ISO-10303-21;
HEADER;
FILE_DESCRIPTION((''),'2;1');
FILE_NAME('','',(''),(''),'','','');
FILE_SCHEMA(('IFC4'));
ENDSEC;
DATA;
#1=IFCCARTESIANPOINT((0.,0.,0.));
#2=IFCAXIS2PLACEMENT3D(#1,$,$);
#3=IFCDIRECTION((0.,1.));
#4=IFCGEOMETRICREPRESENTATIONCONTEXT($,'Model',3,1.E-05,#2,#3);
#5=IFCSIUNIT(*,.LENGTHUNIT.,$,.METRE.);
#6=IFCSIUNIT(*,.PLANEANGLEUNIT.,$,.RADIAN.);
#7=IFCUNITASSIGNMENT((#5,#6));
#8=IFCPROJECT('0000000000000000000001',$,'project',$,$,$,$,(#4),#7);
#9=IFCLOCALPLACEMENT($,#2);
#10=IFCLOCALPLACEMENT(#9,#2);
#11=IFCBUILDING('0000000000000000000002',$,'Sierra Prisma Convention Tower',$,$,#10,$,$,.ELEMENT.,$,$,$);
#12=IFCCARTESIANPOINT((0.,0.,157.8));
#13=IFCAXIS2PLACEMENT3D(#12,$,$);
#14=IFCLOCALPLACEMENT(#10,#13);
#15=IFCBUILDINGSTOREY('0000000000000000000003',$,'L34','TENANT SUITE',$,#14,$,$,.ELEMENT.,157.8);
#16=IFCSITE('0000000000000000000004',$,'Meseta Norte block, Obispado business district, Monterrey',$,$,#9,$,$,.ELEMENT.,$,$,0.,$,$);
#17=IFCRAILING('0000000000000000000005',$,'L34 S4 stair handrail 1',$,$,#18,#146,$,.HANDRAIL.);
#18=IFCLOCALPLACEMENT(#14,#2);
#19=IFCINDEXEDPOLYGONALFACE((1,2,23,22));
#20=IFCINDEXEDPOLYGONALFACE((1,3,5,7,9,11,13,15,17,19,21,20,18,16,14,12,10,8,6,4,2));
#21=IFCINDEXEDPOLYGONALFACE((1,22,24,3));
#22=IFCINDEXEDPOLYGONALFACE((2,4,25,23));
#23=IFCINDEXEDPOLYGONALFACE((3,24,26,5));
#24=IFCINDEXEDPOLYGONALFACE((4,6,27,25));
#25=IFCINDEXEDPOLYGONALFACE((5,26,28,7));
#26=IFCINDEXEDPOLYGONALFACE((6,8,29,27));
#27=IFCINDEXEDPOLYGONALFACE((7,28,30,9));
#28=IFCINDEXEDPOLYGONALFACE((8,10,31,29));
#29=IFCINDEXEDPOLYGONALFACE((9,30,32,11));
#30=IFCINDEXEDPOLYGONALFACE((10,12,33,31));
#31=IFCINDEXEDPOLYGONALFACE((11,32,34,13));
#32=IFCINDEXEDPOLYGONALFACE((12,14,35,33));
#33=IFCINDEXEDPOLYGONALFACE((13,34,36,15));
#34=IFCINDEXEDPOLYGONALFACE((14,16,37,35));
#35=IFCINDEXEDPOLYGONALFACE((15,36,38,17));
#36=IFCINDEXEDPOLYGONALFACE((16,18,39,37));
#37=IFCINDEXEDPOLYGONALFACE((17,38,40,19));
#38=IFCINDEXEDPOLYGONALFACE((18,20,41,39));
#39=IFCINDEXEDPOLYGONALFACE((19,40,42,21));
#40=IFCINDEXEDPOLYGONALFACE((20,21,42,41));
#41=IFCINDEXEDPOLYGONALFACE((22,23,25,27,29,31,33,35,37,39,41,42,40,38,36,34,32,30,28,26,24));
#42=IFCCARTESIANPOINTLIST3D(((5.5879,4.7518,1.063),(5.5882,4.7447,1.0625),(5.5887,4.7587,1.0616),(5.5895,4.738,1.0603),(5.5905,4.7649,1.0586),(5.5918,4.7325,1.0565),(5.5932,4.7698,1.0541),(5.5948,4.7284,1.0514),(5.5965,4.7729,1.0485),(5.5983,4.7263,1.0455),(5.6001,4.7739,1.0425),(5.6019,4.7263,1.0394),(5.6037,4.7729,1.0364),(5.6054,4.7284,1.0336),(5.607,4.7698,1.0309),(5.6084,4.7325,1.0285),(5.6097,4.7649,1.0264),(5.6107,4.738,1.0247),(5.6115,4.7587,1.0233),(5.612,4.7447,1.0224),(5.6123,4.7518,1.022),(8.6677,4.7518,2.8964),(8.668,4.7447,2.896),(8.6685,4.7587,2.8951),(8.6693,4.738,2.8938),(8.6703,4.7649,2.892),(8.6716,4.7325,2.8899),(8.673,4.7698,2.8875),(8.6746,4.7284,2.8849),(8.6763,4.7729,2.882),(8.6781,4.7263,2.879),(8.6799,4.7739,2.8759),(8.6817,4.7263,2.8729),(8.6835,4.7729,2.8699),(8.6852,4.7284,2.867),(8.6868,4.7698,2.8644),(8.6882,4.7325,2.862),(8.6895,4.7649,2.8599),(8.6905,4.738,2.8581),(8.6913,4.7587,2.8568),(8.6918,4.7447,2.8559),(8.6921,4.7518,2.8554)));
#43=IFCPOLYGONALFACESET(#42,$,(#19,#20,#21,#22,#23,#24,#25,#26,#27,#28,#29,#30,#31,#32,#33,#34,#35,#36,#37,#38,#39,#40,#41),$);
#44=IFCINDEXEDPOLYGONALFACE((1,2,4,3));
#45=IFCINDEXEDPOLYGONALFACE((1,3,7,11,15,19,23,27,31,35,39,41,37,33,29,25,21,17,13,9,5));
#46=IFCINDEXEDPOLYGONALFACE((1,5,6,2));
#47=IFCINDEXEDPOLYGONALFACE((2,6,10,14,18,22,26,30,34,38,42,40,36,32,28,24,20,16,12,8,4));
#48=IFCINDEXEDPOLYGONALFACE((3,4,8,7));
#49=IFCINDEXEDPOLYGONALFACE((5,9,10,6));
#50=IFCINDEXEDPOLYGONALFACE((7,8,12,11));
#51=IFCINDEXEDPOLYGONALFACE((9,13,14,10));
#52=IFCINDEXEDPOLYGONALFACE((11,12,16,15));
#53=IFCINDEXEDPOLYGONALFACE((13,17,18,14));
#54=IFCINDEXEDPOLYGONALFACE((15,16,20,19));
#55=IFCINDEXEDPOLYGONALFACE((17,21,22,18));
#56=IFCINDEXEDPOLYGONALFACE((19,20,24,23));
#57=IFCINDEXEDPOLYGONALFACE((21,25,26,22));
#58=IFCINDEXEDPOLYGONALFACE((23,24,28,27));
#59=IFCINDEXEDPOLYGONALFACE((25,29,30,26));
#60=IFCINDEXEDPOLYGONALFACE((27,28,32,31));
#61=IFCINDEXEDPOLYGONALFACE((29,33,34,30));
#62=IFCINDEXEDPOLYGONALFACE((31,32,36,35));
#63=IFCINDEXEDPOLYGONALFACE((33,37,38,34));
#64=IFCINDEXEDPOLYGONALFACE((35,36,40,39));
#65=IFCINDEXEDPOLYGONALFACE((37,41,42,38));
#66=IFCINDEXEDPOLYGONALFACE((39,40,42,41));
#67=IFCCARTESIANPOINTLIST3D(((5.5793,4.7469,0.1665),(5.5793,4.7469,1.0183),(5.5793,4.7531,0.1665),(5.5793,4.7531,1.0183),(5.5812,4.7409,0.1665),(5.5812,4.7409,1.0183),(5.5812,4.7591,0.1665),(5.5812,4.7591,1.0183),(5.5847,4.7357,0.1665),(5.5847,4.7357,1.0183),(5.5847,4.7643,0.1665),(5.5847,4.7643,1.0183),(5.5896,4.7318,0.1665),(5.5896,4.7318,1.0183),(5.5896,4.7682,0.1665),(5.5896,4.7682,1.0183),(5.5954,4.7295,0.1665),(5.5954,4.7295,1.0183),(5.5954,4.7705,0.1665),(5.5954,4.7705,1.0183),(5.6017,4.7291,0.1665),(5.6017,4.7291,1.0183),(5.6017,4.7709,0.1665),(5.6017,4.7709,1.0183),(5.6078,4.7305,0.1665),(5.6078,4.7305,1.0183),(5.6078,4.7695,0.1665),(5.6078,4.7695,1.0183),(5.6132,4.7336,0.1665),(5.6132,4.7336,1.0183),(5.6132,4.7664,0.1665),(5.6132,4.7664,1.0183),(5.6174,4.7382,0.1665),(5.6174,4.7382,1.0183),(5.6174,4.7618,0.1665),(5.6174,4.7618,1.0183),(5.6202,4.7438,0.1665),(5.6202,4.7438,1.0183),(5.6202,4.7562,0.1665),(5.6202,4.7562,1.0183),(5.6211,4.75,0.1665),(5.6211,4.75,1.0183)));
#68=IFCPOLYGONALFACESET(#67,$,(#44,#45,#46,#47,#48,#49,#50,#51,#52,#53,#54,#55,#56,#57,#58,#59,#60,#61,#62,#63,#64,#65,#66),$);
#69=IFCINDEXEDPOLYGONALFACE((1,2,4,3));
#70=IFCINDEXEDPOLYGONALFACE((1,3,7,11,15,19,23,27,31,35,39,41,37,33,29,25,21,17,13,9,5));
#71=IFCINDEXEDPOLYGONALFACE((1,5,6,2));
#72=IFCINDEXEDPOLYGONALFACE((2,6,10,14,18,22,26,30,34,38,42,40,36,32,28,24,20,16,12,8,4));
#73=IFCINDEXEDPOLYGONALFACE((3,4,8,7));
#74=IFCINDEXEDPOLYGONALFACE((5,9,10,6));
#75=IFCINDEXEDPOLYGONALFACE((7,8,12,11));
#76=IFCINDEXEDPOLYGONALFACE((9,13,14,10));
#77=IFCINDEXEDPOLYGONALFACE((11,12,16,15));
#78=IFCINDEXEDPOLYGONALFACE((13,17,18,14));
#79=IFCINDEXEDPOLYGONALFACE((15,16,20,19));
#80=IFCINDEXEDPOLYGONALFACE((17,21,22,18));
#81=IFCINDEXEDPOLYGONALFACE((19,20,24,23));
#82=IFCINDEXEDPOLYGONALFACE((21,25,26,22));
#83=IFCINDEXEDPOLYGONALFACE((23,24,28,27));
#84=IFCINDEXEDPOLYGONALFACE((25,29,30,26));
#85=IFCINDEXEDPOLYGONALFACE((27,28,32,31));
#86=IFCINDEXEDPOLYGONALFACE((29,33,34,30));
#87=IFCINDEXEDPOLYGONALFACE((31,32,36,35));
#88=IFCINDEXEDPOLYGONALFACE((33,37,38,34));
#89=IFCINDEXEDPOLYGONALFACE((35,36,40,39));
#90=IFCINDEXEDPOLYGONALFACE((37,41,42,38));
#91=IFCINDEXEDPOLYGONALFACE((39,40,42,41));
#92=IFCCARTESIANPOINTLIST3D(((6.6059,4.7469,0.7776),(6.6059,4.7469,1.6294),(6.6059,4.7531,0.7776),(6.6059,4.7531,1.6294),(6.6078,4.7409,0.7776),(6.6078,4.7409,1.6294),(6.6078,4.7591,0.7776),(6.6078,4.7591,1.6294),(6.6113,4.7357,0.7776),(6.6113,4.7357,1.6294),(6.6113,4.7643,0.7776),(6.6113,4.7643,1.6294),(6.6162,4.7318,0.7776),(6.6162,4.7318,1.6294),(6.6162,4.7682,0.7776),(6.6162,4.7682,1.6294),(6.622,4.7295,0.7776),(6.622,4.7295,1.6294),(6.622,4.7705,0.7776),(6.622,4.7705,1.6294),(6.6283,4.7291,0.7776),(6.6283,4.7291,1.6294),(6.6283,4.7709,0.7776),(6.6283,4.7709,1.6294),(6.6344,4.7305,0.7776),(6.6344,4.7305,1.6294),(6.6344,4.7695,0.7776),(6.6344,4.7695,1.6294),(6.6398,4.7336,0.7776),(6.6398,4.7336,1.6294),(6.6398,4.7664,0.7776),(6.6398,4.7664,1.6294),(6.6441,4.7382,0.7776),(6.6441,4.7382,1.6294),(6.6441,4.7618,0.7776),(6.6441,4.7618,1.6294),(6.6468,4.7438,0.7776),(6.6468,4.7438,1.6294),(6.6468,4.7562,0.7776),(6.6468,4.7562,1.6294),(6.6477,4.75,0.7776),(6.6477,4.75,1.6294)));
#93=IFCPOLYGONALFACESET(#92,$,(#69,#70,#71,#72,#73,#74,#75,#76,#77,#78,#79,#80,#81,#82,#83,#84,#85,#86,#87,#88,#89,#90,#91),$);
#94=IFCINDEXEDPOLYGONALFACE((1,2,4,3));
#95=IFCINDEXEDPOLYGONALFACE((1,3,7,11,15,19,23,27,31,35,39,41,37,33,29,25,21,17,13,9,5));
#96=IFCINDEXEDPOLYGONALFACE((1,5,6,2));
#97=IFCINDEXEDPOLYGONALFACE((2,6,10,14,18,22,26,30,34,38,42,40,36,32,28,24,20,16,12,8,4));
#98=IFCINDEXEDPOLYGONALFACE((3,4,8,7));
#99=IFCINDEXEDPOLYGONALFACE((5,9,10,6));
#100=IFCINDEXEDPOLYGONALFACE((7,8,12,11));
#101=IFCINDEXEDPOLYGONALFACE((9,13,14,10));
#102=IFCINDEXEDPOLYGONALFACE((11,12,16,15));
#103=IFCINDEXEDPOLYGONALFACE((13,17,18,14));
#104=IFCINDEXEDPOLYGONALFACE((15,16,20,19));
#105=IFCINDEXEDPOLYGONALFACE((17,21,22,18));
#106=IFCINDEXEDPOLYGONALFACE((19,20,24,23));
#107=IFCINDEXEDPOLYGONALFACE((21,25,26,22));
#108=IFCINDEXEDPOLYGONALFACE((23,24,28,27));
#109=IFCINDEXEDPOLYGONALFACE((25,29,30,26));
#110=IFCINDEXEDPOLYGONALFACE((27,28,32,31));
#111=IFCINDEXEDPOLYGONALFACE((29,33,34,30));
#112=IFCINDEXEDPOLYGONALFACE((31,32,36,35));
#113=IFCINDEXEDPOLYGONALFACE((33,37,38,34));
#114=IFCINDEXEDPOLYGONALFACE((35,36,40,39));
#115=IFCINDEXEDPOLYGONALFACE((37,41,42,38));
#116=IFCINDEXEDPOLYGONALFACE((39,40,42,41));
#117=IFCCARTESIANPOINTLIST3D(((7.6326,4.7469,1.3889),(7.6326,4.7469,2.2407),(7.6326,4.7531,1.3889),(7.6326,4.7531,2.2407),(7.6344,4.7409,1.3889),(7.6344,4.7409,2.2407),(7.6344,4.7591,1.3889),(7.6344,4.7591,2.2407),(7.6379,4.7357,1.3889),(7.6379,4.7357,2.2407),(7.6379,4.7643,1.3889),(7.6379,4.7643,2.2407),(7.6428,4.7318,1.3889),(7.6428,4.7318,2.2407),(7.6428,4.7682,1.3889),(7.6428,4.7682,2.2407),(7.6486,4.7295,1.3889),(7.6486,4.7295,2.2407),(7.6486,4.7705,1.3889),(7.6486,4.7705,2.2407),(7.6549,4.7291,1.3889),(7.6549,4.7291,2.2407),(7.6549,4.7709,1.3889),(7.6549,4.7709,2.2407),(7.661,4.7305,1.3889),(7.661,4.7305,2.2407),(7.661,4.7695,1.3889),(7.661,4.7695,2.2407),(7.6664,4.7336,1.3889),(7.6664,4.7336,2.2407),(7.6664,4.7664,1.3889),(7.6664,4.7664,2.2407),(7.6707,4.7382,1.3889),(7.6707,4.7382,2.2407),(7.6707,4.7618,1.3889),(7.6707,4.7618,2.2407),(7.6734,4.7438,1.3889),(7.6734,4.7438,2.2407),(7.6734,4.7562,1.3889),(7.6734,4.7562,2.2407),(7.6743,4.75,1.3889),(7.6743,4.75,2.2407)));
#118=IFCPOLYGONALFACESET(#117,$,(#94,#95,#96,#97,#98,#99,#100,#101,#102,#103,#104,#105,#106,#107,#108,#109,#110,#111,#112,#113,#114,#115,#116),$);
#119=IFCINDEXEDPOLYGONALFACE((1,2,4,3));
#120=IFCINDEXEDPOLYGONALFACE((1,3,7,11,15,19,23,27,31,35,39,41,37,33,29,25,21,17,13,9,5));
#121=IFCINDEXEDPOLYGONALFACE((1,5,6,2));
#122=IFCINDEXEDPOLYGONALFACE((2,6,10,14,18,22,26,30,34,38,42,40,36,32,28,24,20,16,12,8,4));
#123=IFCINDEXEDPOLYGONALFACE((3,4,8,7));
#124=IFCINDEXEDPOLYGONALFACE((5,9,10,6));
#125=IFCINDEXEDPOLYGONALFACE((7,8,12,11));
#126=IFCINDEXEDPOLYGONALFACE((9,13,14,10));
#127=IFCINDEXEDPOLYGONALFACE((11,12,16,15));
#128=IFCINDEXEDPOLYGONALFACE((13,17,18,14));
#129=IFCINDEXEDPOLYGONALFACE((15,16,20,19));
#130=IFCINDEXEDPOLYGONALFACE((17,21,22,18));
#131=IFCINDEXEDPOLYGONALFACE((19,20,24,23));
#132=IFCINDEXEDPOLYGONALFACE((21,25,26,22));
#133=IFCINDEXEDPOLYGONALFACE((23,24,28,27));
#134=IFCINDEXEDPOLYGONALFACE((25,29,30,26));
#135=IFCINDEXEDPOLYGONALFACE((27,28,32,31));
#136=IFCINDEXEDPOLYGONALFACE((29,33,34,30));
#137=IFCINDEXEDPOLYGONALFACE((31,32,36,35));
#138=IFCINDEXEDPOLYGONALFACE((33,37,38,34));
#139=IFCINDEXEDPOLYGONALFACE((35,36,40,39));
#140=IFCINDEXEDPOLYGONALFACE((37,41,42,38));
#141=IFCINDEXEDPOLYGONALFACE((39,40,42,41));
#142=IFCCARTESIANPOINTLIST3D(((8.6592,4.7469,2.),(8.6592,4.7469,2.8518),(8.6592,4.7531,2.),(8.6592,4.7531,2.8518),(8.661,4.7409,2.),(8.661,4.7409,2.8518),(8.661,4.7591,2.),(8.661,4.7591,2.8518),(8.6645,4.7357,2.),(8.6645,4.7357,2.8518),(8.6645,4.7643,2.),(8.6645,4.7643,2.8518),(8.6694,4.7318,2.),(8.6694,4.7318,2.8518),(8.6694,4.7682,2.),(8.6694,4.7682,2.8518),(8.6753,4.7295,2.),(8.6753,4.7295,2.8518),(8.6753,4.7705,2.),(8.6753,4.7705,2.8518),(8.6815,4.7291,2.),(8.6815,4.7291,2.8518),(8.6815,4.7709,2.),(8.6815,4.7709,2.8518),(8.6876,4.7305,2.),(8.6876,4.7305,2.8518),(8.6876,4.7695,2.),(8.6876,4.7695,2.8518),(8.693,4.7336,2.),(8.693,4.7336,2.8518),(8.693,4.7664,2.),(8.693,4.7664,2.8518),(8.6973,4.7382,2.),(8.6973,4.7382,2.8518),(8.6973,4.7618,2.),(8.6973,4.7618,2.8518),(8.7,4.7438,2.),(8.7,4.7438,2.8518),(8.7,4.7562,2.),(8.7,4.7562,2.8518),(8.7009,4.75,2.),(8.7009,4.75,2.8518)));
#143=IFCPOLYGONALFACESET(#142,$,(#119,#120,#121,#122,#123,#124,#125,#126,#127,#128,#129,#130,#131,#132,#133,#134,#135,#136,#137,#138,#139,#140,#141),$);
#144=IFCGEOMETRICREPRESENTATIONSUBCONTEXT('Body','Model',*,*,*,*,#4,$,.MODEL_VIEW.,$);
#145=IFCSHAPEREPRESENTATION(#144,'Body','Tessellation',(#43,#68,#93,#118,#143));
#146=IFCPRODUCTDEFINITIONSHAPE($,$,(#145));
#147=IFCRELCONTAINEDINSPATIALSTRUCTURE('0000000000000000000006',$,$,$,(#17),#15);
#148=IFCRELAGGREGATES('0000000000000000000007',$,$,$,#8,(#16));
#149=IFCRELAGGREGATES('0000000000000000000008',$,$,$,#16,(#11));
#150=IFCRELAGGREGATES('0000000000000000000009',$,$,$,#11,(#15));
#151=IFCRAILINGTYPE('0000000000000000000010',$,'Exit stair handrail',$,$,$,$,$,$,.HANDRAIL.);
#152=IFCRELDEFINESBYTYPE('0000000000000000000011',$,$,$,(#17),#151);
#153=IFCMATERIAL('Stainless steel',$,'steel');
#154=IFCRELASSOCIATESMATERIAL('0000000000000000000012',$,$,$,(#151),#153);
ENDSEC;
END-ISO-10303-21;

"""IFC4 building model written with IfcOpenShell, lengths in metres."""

from ifc_helpers import new_model, si_unit, direction, frame, origin, origin_2d, place, context, subcontext, project, spatial, circle, extrude, material, type_object, element, save


model = new_model("IFC4")

# Units and contexts
model_context = context("Model", 3, precision=1e-05, world=origin(), true_north=direction((0.0, 1.0)))
body_context = subcontext(model_context, "Body", "Model", "MODEL_VIEW")
ifc_project = project(units=[si_unit("LENGTHUNIT", "METRE"), si_unit("PLANEANGLEUNIT", "RADIAN")], contexts=[model_context])

# Site, building, storey
site_placement = place(None, origin())
site = spatial("IfcSite", under=ifc_project, at=site_placement, Name="Meseta Norte block, Obispado business district, Monterrey", CompositionType="ELEMENT", RefElevation=0.0)
building_placement = place(site_placement, origin())
building = spatial("IfcBuilding", under=site, at=building_placement, Name="Sierra Prisma Convention Tower", CompositionType="ELEMENT")
storey_placement = place(building_placement, frame((0.0, 0.0, 157.8)))
storey = spatial("IfcBuildingStorey", under=building, at=storey_placement, Name="L34", Description="TENANT SUITE", CompositionType="ELEMENT", Elevation=157.8)

# Railing
ifc_material_1 = material(Name="Stainless steel", Category="steel")
railing_type_1 = type_object("IfcRailingType", Name="Exit stair handrail", PredefinedType="HANDRAIL", material=ifc_material_1)
railing_1_placement = place(storey_placement, frame((5.6001, 4.75, 0.1665)))
element("IfcRailing", 1, at=railing_1_placement, inside=storey, type_object=railing_type_1, Name="L34 S4 stair handrail 1", PredefinedType="HANDRAIL", context=body_context, shape_type="SweptSolid", body=[
    extrude(circle(Radius=0.0239, at=origin_2d()), frame((0.0, 0.0, 0.876), z_axis=(0.859261, 0.0, 0.511538), x_axis=(0.0, 1.0, 0.0)), (0.0, 0.0, 1.0), 3.5842),
    extrude(circle(Radius=0.021, at=origin_2d()), origin(), (0.0, 0.0, 1.0), 0.8518),
    extrude(circle(Radius=0.021, at=origin_2d()), frame((1.0266, 0.0, 0.6111)), (0.0, 0.0, 1.0), 0.8518),
    extrude(circle(Radius=0.021, at=origin_2d()), frame((2.0532, 0.0, 1.2224)), (0.0, 0.0, 1.0), 0.8518),
    extrude(circle(Radius=0.021, at=origin_2d()), frame((3.0798, 0.0, 1.8335)), (0.0, 0.0, 1.0), 0.8518),
])

save(model, "model.ifc")
